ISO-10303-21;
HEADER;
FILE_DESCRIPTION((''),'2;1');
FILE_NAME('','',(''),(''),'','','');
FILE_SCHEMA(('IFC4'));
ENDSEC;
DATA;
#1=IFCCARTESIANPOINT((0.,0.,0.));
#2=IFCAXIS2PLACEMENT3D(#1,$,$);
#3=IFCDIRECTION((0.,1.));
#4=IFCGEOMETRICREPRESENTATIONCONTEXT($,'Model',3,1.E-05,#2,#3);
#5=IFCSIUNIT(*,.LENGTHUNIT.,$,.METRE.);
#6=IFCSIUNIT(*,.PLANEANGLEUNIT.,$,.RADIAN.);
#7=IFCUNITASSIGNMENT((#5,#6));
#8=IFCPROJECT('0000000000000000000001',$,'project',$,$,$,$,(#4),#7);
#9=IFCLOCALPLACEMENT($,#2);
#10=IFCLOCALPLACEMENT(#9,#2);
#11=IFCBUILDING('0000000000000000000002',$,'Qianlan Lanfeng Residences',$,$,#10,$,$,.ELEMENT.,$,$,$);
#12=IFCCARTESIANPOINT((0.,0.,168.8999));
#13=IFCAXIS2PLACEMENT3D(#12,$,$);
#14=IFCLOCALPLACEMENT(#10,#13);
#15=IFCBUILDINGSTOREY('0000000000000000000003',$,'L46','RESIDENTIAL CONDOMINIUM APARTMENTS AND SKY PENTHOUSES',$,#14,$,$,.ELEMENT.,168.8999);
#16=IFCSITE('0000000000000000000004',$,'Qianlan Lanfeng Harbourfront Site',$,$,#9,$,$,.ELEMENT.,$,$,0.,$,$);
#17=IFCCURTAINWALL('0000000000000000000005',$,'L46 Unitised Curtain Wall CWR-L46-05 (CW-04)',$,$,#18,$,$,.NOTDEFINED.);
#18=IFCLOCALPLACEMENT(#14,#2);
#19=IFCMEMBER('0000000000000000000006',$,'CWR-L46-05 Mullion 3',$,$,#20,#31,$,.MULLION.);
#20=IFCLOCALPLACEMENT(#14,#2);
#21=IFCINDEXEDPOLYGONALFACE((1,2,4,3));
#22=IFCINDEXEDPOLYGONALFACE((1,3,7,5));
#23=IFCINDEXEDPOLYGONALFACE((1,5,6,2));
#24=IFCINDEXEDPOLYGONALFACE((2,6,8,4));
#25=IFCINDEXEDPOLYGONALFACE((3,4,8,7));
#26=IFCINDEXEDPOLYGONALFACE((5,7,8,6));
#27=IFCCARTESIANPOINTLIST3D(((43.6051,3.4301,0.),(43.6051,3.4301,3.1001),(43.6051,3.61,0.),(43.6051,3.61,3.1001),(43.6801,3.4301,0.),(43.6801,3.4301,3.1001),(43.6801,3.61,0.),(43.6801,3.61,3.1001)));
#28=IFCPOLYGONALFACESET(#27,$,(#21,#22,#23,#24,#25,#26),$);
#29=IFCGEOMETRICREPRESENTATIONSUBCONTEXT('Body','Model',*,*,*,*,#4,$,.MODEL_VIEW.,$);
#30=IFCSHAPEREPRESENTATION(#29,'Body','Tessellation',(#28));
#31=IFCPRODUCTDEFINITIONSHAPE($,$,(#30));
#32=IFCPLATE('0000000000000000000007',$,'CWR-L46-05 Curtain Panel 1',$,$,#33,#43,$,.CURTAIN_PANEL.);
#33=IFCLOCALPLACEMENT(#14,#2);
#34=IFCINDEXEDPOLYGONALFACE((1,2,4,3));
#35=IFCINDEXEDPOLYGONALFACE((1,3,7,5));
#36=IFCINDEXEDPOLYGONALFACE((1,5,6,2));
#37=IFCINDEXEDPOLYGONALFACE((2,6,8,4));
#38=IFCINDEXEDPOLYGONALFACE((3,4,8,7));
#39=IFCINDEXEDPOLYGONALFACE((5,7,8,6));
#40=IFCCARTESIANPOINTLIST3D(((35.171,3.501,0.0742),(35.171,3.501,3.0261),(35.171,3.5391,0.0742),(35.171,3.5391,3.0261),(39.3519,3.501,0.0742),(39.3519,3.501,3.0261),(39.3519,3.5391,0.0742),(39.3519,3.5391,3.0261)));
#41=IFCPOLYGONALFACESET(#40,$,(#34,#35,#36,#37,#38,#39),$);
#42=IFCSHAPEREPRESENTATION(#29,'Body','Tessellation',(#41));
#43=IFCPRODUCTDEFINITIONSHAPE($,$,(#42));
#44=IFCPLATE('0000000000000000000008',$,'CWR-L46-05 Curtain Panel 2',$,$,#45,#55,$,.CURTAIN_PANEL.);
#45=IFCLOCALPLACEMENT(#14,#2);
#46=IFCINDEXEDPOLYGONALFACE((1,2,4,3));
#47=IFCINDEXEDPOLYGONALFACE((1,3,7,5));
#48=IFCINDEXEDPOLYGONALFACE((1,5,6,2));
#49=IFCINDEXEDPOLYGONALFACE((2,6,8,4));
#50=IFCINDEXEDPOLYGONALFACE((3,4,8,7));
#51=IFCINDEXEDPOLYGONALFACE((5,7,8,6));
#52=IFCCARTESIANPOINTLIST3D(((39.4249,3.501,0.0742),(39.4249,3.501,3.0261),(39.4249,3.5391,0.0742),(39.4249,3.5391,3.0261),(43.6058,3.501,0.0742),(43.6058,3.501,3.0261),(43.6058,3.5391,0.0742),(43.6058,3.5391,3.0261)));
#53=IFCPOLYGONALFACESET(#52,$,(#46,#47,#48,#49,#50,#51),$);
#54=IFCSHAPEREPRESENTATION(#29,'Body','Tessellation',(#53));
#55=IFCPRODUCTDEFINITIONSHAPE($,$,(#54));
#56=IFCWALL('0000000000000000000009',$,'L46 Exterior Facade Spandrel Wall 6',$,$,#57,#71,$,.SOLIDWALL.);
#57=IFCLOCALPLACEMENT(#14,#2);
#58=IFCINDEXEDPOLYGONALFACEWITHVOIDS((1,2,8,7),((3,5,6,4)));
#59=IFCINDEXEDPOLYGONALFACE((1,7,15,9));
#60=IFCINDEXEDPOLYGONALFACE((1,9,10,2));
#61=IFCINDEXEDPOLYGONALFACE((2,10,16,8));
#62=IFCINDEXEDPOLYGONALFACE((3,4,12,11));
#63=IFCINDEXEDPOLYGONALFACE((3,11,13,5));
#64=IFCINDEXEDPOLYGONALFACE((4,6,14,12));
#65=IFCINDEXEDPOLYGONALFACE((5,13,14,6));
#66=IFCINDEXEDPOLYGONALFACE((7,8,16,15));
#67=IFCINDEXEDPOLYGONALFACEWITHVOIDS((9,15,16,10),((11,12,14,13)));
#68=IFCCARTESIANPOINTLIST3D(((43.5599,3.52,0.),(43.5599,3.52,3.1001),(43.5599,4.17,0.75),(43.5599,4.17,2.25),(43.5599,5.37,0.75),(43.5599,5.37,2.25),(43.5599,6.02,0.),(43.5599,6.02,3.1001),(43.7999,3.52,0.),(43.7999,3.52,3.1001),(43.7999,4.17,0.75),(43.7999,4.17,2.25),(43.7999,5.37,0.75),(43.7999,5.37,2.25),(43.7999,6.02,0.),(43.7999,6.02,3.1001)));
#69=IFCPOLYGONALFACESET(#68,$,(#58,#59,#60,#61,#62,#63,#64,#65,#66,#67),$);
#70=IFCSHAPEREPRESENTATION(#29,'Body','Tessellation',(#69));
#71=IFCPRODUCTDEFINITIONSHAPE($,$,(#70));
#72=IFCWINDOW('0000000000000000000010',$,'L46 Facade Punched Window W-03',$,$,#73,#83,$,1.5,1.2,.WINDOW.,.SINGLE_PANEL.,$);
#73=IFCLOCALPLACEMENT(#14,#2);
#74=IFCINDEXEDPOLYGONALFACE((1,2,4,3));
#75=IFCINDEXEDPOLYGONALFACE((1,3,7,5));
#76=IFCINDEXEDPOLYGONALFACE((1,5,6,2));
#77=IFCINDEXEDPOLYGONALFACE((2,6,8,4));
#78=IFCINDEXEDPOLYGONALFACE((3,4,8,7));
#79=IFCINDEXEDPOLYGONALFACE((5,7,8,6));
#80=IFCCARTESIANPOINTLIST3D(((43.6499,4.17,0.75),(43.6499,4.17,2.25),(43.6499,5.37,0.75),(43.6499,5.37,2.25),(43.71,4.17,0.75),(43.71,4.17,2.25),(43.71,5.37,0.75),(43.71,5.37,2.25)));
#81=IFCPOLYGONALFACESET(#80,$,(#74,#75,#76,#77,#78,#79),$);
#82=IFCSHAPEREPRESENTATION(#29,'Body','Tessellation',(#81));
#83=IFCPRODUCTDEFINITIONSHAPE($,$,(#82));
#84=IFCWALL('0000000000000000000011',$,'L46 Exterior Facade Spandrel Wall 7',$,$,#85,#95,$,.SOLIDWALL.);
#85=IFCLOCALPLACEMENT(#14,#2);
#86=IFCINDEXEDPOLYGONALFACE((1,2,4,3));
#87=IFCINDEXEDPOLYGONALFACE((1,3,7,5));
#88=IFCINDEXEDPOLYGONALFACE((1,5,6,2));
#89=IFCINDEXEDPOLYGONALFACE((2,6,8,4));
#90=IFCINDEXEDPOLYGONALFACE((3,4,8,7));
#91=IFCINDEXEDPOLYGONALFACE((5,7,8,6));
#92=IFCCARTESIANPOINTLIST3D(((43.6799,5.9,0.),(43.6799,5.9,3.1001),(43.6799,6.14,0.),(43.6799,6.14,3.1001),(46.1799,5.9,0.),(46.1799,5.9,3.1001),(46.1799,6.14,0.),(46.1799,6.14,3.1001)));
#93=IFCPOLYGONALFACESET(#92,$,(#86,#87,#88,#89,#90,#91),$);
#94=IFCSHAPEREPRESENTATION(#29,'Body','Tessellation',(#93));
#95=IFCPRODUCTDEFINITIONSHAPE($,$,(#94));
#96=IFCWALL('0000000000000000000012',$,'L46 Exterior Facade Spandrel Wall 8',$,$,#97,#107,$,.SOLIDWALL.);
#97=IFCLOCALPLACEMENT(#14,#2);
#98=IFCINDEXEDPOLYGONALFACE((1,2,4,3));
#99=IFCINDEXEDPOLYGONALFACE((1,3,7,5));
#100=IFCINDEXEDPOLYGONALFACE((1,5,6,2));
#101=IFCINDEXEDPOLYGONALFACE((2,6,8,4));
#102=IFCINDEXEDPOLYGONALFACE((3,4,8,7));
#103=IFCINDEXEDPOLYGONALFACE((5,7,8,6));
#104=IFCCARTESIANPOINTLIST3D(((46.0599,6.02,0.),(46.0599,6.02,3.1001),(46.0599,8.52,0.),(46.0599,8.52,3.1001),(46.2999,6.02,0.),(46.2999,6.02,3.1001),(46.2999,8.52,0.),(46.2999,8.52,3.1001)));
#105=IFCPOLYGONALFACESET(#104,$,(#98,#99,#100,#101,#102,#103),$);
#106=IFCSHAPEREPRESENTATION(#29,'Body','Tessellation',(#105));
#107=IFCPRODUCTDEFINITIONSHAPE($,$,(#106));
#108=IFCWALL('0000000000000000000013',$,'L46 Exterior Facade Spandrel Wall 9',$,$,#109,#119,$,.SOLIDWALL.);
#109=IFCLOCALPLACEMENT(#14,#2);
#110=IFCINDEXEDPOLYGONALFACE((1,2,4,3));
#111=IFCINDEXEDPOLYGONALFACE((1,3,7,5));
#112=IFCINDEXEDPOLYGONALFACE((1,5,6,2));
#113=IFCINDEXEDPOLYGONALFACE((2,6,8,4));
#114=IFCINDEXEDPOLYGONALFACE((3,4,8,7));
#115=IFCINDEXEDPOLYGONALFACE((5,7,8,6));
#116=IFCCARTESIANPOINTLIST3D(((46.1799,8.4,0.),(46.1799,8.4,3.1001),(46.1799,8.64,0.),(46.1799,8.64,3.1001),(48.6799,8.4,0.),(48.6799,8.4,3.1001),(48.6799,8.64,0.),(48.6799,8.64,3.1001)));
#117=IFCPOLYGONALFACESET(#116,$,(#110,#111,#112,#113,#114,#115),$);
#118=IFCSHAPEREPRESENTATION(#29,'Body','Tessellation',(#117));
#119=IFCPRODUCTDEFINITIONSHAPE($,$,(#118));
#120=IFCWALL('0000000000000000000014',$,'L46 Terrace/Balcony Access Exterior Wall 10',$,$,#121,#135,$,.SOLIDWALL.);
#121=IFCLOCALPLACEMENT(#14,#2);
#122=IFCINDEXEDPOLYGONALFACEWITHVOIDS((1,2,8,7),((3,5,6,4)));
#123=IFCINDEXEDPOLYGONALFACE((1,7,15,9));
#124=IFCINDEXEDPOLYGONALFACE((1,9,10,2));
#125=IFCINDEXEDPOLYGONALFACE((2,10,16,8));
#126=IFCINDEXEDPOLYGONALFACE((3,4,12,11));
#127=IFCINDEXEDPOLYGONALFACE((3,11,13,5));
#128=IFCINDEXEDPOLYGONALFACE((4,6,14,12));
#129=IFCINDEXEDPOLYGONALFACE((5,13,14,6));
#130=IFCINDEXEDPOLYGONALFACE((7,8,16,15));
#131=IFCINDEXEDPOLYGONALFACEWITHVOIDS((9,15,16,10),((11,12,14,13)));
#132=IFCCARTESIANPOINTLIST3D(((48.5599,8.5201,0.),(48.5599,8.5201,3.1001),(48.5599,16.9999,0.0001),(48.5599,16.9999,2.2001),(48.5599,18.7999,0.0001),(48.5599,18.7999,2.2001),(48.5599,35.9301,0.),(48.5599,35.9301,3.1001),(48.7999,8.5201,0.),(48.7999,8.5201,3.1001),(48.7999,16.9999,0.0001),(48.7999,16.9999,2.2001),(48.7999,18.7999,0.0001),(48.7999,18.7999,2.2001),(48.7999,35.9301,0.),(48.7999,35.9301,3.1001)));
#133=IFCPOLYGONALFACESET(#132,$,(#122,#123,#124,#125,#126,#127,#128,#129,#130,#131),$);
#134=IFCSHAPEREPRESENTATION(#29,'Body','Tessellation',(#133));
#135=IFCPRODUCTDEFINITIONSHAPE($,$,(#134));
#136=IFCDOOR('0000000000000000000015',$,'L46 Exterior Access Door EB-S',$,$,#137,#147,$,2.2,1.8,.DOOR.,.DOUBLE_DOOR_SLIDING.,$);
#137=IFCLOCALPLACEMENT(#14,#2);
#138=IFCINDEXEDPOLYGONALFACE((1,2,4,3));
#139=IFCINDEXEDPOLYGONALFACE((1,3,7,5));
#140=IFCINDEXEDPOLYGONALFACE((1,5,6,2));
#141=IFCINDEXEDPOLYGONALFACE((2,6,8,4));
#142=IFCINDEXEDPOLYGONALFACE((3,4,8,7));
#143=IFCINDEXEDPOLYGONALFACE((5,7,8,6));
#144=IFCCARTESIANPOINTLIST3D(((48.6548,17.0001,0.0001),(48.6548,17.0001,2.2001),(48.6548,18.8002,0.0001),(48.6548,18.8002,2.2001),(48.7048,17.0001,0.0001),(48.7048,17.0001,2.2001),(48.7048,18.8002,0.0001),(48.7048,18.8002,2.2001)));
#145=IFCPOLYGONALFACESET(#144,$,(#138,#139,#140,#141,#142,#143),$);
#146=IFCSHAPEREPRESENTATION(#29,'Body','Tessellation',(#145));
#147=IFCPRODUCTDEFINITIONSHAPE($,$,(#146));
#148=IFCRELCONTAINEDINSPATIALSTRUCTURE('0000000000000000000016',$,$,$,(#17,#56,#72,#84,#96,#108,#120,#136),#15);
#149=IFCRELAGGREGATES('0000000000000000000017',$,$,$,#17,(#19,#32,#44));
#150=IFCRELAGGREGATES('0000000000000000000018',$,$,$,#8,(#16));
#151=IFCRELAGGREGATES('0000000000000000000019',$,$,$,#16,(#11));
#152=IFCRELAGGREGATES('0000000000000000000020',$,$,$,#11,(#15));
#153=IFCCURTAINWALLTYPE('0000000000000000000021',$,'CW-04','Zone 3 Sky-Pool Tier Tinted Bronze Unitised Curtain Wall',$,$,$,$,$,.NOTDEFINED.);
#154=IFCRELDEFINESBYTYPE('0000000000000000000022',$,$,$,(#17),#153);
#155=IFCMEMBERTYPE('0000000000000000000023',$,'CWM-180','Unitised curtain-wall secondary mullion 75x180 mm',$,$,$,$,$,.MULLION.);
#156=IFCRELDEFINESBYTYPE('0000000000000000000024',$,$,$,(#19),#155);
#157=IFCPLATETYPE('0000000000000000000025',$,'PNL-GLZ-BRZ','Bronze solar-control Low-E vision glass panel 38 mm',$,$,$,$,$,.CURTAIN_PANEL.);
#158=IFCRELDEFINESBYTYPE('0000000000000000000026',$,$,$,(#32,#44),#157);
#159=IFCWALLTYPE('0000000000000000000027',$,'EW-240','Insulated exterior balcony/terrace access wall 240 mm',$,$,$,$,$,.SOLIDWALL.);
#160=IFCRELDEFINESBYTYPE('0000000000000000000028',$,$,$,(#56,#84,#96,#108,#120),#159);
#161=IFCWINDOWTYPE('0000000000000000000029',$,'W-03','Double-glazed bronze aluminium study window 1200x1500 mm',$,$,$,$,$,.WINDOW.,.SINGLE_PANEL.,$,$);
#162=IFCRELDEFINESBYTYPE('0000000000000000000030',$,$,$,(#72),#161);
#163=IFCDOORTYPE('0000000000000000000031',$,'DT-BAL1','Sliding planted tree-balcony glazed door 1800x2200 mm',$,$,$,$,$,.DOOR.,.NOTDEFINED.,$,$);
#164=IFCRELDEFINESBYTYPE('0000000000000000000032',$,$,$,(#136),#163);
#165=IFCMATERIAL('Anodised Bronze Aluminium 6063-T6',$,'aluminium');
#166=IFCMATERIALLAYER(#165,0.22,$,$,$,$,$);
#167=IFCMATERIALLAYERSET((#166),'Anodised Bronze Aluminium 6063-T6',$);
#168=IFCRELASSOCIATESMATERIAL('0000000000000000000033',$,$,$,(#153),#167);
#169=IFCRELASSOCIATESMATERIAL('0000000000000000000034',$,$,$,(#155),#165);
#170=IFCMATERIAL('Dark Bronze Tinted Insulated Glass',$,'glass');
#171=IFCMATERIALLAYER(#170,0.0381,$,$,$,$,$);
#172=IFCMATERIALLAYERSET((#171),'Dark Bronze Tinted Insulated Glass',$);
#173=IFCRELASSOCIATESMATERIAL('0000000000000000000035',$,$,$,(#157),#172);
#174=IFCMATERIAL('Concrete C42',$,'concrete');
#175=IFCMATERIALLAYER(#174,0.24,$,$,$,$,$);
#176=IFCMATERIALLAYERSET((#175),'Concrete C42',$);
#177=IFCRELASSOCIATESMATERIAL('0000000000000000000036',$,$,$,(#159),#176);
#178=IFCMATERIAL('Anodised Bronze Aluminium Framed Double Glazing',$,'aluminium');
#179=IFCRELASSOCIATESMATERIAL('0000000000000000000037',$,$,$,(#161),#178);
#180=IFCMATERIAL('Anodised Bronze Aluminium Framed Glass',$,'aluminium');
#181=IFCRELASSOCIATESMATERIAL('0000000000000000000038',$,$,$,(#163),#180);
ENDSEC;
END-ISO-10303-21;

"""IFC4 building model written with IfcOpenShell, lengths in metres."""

from ifc_helpers import new_model, si_unit, direction, frame, frame_2d, origin, origin_2d, place, context, subcontext, project, spatial, rectangle, extrude, source, transform, mapped, material, layer, layer_set, material_profile, profile_set, type_object, element, fill, aggregate, save


model = new_model("IFC4")

# Units and contexts
model_context = context("Model", 3, precision=1e-05, world=origin(), true_north=direction((0.0, 1.0)))
body_context = subcontext(model_context, "Body", "Model", "MODEL_VIEW")
ifc_project = project(units=[si_unit("LENGTHUNIT", "METRE"), si_unit("PLANEANGLEUNIT", "RADIAN")], contexts=[model_context])

# Site, building, storey
site_placement = place(None, origin())
site = spatial("IfcSite", under=ifc_project, at=site_placement, Name="Qianlan Lanfeng Harbourfront Site", CompositionType="ELEMENT", RefElevation=0.0)
building_placement = place(site_placement, origin())
building = spatial("IfcBuilding", under=site, at=building_placement, Name="Qianlan Lanfeng Residences", CompositionType="ELEMENT")
storey_placement = place(building_placement, frame((0.0, 0.0, 168.8999)))
storey = spatial("IfcBuildingStorey", under=building, at=storey_placement, Name="L46", Description="RESIDENTIAL CONDOMINIUM APARTMENTS AND SKY PENTHOUSES", CompositionType="ELEMENT", Elevation=168.8999)

# Curtain wall, member, plates
ifc_material_1 = material(Name="Anodised Bronze Aluminium 6063-T6", Category="aluminium")
ifc_layer_1 = layer(ifc_material_1, 0.22)
ifc_layer_set_1 = layer_set([ifc_layer_1], Name="Anodised Bronze Aluminium 6063-T6")
curtain_wall_type = type_object("IfcCurtainWallType", Name="CW-04", Description="Zone 3 Sky-Pool Tier Tinted Bronze Unitised Curtain Wall", PredefinedType="NOTDEFINED", material=ifc_layer_set_1)
curtain_wall_placement = place(storey_placement, origin())
curtain_wall = element("IfcCurtainWall", 1, at=curtain_wall_placement, inside=storey, type_object=curtain_wall_type, Name="L46 Unitised Curtain Wall CWR-L46-05 (CW-04)", PredefinedType="NOTDEFINED")
ifc_material_profile_1 = material_profile(ifc_material_1, rectangle(XDim=0.075, YDim=0.1799, at=origin_2d()), Name="ALU MULLION 75x180")
ifc_profile_set_1 = profile_set([ifc_material_profile_1], Name="Anodised Bronze Aluminium 6063-T6")
member_type_1 = type_object("IfcMemberType", Name="CWM-180", Description="Unitised curtain-wall secondary mullion 75x180 mm", PredefinedType="MULLION", material=ifc_profile_set_1)
shared_shape_1 = source(origin(), body_context, "Body", "SweptSolid", [
    extrude(rectangle(XDim=0.075, YDim=0.1799, at=origin_2d()), origin(), (0.0, 0.0, 1.0), 3.1001),
])
member_1_placement = place(storey_placement, frame((43.6426, 3.52, 0.0), z_axis=(0.0, 0.0, 1.0), x_axis=(1.0, 0.0, 0.0)))
member_1 = element("IfcMember", 2, at=member_1_placement, type_object=member_type_1, Name="CWR-L46-05 Mullion 3", PredefinedType="MULLION", context=body_context, shape_type="MappedRepresentation", body=[
    mapped(shared_shape_1, transform((0.0, 0.0, 0.0), scale=1.0)),
])
ifc_material_2 = material(Name="Dark Bronze Tinted Insulated Glass", Category="glass")
ifc_layer_2 = layer(ifc_material_2, 0.0381)
ifc_layer_set_2 = layer_set([ifc_layer_2], Name="Dark Bronze Tinted Insulated Glass")
plate_type = type_object("IfcPlateType", Name="PNL-GLZ-BRZ", Description="Bronze solar-control Low-E vision glass panel 38 mm", PredefinedType="CURTAIN_PANEL", material=ifc_layer_set_2)
shared_shape_2 = source(origin(), body_context, "Body", "SweptSolid", [
    extrude(rectangle(XDim=4.1809, YDim=0.0381, at=origin_2d()), origin(), (0.0, 0.0, 1.0), 2.9519),
])
plate_1_placement = place(storey_placement, frame((37.2615, 3.52, 0.0742), z_axis=(0.0, 0.0, 1.0), x_axis=(1.0, 0.0, 0.0)))
plate_1 = element("IfcPlate", 3, at=plate_1_placement, type_object=plate_type, Name="CWR-L46-05 Curtain Panel 1", PredefinedType="CURTAIN_PANEL", context=body_context, shape_type="MappedRepresentation", body=[
    mapped(shared_shape_2, transform((0.0, 0.0, 0.0), scale=1.0)),
])
plate_2_placement = place(storey_placement, frame((41.5154, 3.52, 0.0742), z_axis=(0.0, 0.0, 1.0), x_axis=(1.0, 0.0, 0.0)))
plate_2 = element("IfcPlate", 4, at=plate_2_placement, type_object=plate_type, Name="CWR-L46-05 Curtain Panel 2", PredefinedType="CURTAIN_PANEL", context=body_context, shape_type="MappedRepresentation", body=[
    mapped(shared_shape_2, transform((0.0, 0.0, 0.0), scale=1.0)),
])
aggregate(curtain_wall, [member_1, plate_1, plate_2])

# Wall, opening, window
ifc_material_3 = material(Name="Concrete C42", Category="concrete")
ifc_layer_3 = layer(ifc_material_3, 0.24)
ifc_layer_set_3 = layer_set([ifc_layer_3], Name="Concrete C42")
wall_type_1 = type_object("IfcWallType", Name="EW-240", Description="Insulated exterior balcony/terrace access wall 240 mm", PredefinedType="SOLIDWALL", material=ifc_layer_set_3)
wall_1_placement = place(storey_placement, frame((43.6799, 3.52, 0.0), z_axis=(0.0, 0.0, 1.0), x_axis=(0.0, 1.0, 0.0)))
wall_1 = element("IfcWall", 5, at=wall_1_placement, inside=storey, type_object=wall_type_1, Name="L46 Exterior Facade Spandrel Wall 6", PredefinedType="SOLIDWALL", context=body_context, shape_type="SweptSolid", body=[
    extrude(rectangle(XDim=2.5, YDim=0.24, at=frame_2d((1.25, 0.0))), origin(), (0.0, 0.0, 1.0), 3.1001),
])
opening_1_placement = place(wall_1_placement, frame((0.6499, 0.0, 0.75)))
opening_1 = element("IfcOpeningElement", 6, at=opening_1_placement, cuts=wall_1, PredefinedType="OPENING", context=body_context, shape_type="SweptSolid", body=[
    extrude(rectangle(XDim=1.2, YDim=1.5, at=frame_2d((0.6001, 0.75))), frame((0.0, 0.1299, 0.0), z_axis=(0.0, -1.0, 0.0), x_axis=(1.0, 0.0, 0.0)), (0.0, 0.0, 1.0), 0.26),
])
ifc_material_4 = material(Name="Anodised Bronze Aluminium Framed Double Glazing", Category="aluminium")
window_type = type_object("IfcWindowType", Name="W-03", Description="Double-glazed bronze aluminium study window 1200x1500 mm", PartitioningType="SINGLE_PANEL", PredefinedType="WINDOW", material=ifc_material_4)
window_placement = place(opening_1_placement, origin())
window = element("IfcWindow", 7, at=window_placement, inside=storey, type_object=window_type, Name="L46 Facade Punched Window W-03", OverallHeight=1.5, OverallWidth=1.2, PartitioningType="SINGLE_PANEL", PredefinedType="WINDOW", context=body_context, shape_type="SweptSolid", body=[
    extrude(rectangle(XDim=1.2, YDim=1.5, at=frame_2d((0.6001, 0.75))), frame((0.0, 0.03, 0.0), z_axis=(0.0, -1.0, 0.0), x_axis=(1.0, 0.0, 0.0)), (0.0, 0.0, 1.0), 0.0601),
])
fill(opening_1, window)

# Walls
for number, where, z_axis, x_axis, name in (
    (8, (43.6799, 6.02, 0.0), (0.0, 0.0, 1.0), (1.0, 0.0, 0.0), "L46 Exterior Facade Spandrel Wall 7"),
    (9, (46.1799, 6.02, 0.0), (0.0, 0.0, 1.0), (0.0, 1.0, 0.0), "L46 Exterior Facade Spandrel Wall 8"),
    (10, (46.1799, 8.52, 0.0), (0.0, 0.0, 1.0), (1.0, 0.0, 0.0), "L46 Exterior Facade Spandrel Wall 9"),
):
    element("IfcWall", number, at=place(storey_placement, frame(where, z_axis=z_axis, x_axis=x_axis)), inside=storey, type_object=wall_type_1, Name=name, PredefinedType="SOLIDWALL", context=body_context, shape_type="SweptSolid", body=[
        extrude(rectangle(XDim=2.5, YDim=0.24, at=frame_2d((1.25, 0.0))), origin(), (0.0, 0.0, 1.0), 3.1001),
    ])

# Wall, opening, door
wall_2_placement = place(storey_placement, frame((48.6799, 8.52, 0.0), z_axis=(0.0, 0.0, 1.0), x_axis=(0.0, 1.0, 0.0)))
wall_2 = element("IfcWall", 11, at=wall_2_placement, inside=storey, type_object=wall_type_1, Name="L46 Terrace/Balcony Access Exterior Wall 10", PredefinedType="SOLIDWALL", context=body_context, shape_type="SweptSolid", body=[
    extrude(rectangle(XDim=27.4099, YDim=0.24, at=frame_2d((13.7051, 0.0))), origin(), (0.0, 0.0, 1.0), 3.1001),
])
opening_2_placement = place(wall_2_placement, frame((8.48, 0.0, 0.0)))
opening_2 = element("IfcOpeningElement", 12, at=opening_2_placement, cuts=wall_2, PredefinedType="OPENING", context=body_context, shape_type="SweptSolid", body=[
    extrude(rectangle(XDim=1.8, YDim=2.2, at=frame_2d((0.8999, 1.1001))), frame((0.0, 0.1299, 0.0), z_axis=(0.0, -1.0, 0.0), x_axis=(1.0, 0.0, 0.0)), (0.0, 0.0, 1.0), 0.26),
])
ifc_material_5 = material(Name="Anodised Bronze Aluminium Framed Glass", Category="aluminium")
door_type_1 = type_object("IfcDoorType", Name="DT-BAL1", Description="Sliding planted tree-balcony glazed door 1800x2200 mm", OperationType="NOTDEFINED", PredefinedType="DOOR", material=ifc_material_5)
door_1_placement = place(opening_2_placement, frame((1.8, 0.0, 0.0), z_axis=(0.0, 0.0, 1.0), x_axis=(-1.0, 0.0, 0.0)))
door_1 = element("IfcDoor", 13, at=door_1_placement, inside=storey, type_object=door_type_1, Name="L46 Exterior Access Door EB-S", OperationType="DOUBLE_DOOR_SLIDING", OverallHeight=2.2, OverallWidth=1.8, PredefinedType="DOOR", context=body_context, shape_type="SweptSolid", body=[
    extrude(rectangle(XDim=1.8, YDim=2.2, at=frame_2d((0.8999, 1.1001))), frame((0.0, 0.0249, 0.0), z_axis=(0.0, -1.0, 0.0), x_axis=(1.0, 0.0, 0.0)), (0.0, 0.0, 1.0), 0.05),
])
fill(opening_2, door_1)

save(model, "model.ifc")
